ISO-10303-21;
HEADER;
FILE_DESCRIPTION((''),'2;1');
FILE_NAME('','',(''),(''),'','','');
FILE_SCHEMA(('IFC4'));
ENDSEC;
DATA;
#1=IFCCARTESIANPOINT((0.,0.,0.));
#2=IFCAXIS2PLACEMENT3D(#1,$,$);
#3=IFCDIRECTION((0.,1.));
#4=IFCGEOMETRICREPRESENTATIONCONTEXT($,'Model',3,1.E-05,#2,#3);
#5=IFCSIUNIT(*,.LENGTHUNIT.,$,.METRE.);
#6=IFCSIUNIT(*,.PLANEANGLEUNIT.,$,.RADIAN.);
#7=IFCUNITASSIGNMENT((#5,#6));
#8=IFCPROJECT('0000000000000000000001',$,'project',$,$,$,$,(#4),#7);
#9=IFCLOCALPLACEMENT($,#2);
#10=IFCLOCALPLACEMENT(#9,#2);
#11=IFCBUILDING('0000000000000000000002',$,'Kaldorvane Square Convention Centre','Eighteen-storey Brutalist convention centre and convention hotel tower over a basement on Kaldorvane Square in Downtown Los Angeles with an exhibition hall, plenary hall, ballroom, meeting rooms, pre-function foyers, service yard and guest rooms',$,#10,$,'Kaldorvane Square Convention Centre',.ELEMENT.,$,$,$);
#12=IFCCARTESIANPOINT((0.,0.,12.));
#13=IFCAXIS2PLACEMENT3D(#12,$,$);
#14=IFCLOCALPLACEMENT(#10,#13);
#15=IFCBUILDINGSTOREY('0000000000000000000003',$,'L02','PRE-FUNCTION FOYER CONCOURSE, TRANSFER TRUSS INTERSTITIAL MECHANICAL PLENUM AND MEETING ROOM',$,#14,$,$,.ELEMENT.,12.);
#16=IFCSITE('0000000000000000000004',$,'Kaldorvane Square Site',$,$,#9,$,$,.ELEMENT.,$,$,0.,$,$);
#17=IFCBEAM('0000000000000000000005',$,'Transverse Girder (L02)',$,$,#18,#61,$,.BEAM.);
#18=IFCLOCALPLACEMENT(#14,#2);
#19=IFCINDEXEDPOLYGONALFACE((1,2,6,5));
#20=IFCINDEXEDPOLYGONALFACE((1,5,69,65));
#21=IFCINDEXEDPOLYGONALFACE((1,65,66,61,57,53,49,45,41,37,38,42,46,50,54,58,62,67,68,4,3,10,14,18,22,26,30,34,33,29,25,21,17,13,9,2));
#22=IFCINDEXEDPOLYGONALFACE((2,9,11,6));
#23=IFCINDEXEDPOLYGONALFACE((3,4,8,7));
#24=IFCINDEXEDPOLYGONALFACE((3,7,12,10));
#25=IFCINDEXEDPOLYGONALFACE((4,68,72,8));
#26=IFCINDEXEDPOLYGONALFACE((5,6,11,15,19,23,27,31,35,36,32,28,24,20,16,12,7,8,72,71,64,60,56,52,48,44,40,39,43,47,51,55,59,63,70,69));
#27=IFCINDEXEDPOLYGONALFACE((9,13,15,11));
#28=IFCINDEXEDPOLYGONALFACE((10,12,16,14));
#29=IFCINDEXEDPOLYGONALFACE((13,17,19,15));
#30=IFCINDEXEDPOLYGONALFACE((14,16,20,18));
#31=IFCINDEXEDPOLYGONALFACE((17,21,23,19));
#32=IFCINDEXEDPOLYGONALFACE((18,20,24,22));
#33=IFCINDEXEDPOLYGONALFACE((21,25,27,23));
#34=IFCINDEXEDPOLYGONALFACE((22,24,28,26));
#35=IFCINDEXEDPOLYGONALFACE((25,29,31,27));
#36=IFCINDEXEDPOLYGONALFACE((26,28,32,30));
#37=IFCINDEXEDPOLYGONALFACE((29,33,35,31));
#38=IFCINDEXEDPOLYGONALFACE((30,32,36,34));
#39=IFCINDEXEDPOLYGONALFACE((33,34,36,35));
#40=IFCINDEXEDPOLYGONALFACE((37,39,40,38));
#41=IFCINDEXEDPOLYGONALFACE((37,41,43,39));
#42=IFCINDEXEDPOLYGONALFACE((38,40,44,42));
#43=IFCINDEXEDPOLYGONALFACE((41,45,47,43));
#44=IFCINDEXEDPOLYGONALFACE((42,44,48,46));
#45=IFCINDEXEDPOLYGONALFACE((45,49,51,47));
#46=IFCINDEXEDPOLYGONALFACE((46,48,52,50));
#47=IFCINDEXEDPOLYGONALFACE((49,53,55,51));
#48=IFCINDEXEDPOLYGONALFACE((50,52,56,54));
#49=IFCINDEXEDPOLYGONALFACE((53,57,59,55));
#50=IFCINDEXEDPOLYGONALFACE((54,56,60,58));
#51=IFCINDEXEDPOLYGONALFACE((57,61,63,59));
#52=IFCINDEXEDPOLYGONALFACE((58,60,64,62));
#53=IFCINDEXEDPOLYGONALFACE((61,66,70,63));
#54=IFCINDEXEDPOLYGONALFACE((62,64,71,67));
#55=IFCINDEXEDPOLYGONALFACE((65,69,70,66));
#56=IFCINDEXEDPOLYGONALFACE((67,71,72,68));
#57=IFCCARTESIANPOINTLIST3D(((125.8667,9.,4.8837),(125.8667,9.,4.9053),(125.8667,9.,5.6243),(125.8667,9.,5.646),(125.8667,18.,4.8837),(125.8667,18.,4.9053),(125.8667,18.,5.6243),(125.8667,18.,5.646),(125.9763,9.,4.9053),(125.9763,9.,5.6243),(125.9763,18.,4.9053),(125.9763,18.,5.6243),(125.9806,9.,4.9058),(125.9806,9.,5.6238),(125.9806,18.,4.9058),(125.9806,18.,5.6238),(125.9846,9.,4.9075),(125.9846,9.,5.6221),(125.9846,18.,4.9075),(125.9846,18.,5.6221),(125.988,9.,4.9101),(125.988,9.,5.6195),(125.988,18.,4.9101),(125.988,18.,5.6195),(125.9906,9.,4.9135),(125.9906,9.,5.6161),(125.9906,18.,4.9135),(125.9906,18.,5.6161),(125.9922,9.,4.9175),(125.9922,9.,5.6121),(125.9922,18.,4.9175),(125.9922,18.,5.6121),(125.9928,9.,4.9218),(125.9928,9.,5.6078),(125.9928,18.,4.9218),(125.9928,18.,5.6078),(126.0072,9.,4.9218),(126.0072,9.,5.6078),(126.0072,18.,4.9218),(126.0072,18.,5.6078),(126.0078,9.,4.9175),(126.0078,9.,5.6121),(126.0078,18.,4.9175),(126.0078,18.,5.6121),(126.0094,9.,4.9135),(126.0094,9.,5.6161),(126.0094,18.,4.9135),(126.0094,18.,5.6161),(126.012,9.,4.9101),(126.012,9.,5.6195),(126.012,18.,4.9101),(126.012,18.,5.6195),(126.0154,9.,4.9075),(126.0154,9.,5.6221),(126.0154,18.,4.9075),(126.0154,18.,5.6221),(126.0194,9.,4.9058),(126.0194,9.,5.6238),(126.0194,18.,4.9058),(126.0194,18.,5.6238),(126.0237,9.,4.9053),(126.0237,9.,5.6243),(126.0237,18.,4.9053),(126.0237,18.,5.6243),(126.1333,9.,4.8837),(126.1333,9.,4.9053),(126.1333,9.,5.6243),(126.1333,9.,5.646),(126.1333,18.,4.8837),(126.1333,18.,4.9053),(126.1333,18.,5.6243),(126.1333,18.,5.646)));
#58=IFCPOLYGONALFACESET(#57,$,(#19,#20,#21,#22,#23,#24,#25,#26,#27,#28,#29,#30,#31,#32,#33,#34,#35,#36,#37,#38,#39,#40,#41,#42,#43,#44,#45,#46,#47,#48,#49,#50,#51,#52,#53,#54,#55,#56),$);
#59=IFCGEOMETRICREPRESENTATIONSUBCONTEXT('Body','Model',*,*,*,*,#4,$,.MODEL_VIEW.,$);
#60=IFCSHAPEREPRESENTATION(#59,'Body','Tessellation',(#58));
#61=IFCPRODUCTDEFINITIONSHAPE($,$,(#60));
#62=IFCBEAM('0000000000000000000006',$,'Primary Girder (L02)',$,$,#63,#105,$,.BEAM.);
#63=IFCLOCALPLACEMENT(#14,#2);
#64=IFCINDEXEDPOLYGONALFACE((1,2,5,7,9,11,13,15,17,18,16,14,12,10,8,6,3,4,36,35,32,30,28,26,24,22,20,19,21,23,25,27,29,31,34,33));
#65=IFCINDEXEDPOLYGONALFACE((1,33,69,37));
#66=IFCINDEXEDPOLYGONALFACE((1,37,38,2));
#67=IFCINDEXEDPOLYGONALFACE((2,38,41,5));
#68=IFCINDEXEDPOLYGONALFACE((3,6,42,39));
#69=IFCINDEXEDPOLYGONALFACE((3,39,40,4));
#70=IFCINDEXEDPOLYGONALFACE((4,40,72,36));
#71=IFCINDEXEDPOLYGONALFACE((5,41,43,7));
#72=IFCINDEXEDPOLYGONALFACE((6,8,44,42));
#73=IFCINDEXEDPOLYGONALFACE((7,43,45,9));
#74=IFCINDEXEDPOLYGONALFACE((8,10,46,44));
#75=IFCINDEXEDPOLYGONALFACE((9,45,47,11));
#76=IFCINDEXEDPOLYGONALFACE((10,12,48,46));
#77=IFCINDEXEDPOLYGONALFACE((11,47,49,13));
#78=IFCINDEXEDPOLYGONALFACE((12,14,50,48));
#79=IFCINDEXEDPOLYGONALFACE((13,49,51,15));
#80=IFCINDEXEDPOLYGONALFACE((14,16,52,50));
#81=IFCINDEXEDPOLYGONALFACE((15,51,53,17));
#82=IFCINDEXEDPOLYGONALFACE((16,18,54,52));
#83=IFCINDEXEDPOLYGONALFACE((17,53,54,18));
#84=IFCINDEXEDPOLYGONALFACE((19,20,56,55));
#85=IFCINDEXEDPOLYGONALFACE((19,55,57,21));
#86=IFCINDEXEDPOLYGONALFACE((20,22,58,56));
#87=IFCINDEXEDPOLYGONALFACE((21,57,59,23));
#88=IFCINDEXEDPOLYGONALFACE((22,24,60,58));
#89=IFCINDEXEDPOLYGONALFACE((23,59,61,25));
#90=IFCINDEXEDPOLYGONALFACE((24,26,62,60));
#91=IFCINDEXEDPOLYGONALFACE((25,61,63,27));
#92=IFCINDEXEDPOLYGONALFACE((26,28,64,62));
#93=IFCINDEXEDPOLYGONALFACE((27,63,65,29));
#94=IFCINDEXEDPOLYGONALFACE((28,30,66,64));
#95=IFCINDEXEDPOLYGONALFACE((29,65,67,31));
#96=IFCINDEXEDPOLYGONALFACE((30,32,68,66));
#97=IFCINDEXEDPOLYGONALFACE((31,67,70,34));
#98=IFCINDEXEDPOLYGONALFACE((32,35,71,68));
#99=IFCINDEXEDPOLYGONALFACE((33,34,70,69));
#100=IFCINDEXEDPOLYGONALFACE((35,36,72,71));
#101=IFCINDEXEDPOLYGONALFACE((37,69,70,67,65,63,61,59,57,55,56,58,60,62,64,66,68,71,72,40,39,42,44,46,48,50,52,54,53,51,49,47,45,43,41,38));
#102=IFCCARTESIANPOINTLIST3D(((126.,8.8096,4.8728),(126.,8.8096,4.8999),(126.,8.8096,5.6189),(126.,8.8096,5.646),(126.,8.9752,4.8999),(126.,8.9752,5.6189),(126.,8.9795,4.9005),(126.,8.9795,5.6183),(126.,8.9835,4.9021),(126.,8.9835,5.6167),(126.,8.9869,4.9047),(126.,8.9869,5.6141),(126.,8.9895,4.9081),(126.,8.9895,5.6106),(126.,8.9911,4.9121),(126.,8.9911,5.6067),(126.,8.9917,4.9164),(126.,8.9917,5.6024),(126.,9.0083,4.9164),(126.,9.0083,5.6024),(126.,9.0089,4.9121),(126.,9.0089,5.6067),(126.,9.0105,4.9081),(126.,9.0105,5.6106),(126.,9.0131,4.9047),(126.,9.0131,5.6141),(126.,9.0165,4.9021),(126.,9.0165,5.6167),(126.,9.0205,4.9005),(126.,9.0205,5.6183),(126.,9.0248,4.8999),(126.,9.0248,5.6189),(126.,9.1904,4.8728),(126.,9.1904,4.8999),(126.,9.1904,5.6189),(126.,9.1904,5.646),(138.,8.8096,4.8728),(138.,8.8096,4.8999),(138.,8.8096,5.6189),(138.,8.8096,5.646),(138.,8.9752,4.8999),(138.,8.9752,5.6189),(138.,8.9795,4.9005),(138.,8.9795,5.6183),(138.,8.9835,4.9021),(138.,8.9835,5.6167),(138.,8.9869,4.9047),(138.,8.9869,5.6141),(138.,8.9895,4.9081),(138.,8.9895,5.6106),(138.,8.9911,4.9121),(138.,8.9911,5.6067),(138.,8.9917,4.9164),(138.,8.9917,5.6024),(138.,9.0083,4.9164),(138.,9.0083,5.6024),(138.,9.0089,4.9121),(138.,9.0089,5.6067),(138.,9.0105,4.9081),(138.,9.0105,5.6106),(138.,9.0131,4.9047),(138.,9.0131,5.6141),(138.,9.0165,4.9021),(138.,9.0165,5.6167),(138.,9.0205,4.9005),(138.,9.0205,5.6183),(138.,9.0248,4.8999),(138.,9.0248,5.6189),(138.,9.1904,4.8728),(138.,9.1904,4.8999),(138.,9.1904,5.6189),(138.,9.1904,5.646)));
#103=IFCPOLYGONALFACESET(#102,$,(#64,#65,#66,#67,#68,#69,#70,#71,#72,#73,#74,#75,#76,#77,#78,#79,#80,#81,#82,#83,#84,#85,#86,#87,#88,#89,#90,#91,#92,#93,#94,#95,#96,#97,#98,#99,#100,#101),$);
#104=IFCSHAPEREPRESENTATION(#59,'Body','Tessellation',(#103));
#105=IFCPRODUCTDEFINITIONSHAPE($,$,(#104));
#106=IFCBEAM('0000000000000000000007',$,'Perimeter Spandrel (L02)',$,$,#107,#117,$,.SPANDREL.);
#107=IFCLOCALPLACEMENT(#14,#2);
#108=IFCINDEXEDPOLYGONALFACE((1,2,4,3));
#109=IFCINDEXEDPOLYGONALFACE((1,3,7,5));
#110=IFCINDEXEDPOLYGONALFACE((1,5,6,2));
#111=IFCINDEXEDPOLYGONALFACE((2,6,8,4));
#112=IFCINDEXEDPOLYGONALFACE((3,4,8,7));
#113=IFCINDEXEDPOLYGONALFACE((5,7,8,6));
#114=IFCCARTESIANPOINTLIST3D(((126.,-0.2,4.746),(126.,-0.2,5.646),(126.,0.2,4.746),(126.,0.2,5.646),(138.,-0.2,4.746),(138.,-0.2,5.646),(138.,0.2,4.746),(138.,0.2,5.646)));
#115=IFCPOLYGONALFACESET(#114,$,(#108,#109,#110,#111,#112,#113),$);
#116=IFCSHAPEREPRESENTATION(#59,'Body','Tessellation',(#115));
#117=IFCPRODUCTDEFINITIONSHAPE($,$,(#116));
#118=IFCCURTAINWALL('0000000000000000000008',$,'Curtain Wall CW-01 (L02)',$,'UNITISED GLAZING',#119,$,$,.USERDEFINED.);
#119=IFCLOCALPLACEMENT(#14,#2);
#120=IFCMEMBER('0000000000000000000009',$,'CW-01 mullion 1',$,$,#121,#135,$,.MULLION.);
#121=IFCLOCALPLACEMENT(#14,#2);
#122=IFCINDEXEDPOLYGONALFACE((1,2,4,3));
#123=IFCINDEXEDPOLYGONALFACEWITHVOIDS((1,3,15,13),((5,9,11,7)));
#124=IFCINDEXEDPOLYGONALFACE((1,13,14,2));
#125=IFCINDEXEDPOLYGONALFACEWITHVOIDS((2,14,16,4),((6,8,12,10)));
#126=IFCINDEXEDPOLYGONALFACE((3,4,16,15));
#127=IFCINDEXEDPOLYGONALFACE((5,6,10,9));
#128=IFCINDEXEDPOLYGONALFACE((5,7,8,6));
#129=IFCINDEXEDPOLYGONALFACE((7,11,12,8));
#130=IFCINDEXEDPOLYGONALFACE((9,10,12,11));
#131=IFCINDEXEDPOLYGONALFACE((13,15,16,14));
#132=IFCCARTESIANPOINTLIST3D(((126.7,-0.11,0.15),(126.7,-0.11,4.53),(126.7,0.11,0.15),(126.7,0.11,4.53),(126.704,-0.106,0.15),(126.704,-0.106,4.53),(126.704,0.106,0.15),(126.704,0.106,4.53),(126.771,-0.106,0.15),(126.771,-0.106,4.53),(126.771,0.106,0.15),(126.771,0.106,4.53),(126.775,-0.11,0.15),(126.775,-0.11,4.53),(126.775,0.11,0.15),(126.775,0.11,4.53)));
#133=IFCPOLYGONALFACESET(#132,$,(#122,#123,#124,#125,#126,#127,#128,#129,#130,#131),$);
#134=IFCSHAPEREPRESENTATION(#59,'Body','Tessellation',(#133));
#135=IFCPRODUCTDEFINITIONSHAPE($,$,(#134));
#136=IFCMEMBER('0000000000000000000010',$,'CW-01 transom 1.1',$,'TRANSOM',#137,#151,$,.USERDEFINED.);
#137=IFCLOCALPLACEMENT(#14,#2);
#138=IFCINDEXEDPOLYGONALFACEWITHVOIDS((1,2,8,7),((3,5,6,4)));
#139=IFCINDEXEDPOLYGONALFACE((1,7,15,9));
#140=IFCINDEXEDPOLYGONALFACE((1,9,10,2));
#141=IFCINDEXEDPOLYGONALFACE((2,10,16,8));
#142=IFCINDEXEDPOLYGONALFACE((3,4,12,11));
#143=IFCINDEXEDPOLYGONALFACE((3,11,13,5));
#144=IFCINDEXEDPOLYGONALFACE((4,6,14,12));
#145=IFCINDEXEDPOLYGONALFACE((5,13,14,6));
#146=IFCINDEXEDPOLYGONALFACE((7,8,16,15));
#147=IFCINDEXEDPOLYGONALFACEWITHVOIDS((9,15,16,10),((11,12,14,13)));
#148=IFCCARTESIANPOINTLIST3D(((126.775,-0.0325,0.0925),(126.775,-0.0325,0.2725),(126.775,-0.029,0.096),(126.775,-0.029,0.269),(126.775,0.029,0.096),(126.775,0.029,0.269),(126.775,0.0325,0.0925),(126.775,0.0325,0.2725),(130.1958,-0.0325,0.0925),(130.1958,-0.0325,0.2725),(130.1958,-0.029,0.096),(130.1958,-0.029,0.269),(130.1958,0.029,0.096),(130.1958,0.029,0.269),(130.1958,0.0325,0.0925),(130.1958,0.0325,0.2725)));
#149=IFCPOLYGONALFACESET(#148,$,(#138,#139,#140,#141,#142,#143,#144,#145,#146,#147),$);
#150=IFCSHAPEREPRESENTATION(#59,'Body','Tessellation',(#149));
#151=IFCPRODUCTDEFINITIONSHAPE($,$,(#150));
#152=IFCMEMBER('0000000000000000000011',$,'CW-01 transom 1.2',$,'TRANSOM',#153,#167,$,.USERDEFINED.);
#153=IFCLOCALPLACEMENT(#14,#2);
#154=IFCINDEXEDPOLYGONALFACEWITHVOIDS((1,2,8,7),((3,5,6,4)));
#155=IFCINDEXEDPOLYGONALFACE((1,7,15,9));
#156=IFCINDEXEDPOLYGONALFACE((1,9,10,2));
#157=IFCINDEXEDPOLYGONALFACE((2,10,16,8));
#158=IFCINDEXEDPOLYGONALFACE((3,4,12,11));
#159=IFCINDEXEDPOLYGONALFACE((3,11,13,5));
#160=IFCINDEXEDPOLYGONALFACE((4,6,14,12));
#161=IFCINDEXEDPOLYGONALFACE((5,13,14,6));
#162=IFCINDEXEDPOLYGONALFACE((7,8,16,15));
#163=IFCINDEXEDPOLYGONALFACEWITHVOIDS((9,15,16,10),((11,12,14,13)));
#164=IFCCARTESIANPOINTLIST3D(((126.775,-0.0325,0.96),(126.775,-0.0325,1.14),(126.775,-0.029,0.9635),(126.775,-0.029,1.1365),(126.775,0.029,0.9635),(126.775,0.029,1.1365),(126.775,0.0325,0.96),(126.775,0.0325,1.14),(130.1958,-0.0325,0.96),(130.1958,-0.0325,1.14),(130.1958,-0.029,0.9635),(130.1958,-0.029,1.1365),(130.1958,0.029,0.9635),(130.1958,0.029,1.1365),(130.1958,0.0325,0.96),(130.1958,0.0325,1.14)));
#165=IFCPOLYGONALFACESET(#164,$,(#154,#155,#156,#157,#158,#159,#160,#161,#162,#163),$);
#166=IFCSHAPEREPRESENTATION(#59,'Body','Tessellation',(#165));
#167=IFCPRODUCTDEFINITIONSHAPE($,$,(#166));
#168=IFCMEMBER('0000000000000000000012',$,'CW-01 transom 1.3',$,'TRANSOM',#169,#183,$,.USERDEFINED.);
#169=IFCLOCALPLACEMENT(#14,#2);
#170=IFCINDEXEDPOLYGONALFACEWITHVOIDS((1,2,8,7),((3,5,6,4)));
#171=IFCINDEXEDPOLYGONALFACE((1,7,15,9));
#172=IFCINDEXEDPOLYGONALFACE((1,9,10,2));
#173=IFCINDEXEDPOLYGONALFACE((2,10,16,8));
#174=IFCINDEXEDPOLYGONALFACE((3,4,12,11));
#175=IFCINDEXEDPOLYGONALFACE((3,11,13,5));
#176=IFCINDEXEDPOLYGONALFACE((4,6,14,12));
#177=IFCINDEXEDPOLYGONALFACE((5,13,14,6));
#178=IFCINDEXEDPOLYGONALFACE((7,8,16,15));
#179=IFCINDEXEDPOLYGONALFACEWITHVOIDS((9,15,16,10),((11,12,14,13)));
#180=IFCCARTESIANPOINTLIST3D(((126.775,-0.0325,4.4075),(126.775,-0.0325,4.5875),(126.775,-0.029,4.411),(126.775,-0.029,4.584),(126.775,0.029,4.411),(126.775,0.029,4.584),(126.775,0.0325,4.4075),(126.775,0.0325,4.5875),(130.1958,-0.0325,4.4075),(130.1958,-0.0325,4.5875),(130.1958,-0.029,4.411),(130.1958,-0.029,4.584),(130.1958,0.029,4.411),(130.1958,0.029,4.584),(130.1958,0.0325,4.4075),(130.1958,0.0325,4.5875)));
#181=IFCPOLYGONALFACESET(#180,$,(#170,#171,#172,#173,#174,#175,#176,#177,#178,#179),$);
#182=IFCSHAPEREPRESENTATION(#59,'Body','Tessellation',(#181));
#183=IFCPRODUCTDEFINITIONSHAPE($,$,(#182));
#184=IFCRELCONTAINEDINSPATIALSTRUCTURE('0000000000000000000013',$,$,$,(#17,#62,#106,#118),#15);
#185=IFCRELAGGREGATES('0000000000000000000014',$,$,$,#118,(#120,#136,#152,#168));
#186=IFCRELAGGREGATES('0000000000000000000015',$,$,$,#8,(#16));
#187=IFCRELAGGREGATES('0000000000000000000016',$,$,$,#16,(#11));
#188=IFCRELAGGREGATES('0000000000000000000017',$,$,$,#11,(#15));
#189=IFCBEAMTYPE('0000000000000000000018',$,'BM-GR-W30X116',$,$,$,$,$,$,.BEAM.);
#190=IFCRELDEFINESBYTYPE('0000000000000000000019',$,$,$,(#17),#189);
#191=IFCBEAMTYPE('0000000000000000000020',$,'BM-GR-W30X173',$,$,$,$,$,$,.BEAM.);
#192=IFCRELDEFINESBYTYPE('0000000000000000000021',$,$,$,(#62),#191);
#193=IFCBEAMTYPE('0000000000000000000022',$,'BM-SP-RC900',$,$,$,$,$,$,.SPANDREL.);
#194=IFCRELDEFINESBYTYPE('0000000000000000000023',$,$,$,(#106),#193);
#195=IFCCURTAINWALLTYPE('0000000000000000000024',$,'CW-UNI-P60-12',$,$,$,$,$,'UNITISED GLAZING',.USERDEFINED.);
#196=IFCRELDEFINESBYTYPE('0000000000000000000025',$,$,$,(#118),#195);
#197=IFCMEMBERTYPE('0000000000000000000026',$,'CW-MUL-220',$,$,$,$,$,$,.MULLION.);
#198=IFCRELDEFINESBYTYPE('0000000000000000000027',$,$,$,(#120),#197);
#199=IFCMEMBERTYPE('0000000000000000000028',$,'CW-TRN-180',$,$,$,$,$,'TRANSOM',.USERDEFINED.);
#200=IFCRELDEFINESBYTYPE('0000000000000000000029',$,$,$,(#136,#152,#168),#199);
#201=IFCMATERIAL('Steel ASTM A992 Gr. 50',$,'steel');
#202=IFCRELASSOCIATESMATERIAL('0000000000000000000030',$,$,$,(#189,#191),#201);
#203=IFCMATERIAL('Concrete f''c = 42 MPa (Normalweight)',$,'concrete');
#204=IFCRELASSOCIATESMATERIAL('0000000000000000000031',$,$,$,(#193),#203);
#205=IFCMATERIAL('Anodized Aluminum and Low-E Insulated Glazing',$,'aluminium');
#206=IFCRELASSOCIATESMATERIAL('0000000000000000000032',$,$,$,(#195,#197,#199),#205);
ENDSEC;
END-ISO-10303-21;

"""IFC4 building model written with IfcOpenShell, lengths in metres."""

from ifc_helpers import new_model, si_unit, direction, frame, origin, origin_2d, place, context, subcontext, project, spatial, rectangle, hollow_rectangle, i_section, extrude, material, material_profile, profile_set, type_object, element, aggregate, save


model = new_model("IFC4")

# Units and contexts
model_context = context("Model", 3, precision=1e-05, world=origin(), true_north=direction((0.0, 1.0)))
body_context = subcontext(model_context, "Body", "Model", "MODEL_VIEW")
ifc_project = project(units=[si_unit("LENGTHUNIT", "METRE"), si_unit("PLANEANGLEUNIT", "RADIAN")], contexts=[model_context])

# Site, building, storey
site_placement = place(None, origin())
site = spatial("IfcSite", under=ifc_project, at=site_placement, Name="Kaldorvane Square Site", CompositionType="ELEMENT", RefElevation=0.0)
building_placement = place(site_placement, origin())
building = spatial("IfcBuilding", under=site, at=building_placement, Name="Kaldorvane Square Convention Centre", Description="Eighteen-storey Brutalist convention centre and convention hotel tower over a basement on Kaldorvane Square in Downtown Los Angeles with an exhibition hall, plenary hall, ballroom, meeting rooms, pre-function foyers, service yard and guest rooms", LongName="Kaldorvane Square Convention Centre", CompositionType="ELEMENT")
storey_placement = place(building_placement, frame((0.0, 0.0, 12.0)))
storey = spatial("IfcBuildingStorey", under=building, at=storey_placement, Name="L02", Description="PRE-FUNCTION FOYER CONCOURSE, TRANSFER TRUSS INTERSTITIAL MECHANICAL PLENUM AND MEETING ROOM", CompositionType="ELEMENT", Elevation=12.0)

# Shared definitions
ifc_material_1 = material(Name="Steel ASTM A992 Gr. 50", Category="steel")

# Beams
ifc_material_profile_1 = material_profile(ifc_material_1, i_section(OverallWidth=0.2666, OverallDepth=0.7623, WebThickness=0.0144, FlangeThickness=0.0216, FilletRadius=0.0165, at=origin_2d()), Name="W30X116")
ifc_profile_set_1 = profile_set([ifc_material_profile_1], Name="Steel ASTM A992 Gr. 50")
beam_type_1 = type_object("IfcBeamType", Name="BM-GR-W30X116", PredefinedType="BEAM", material=ifc_profile_set_1)
for number, where, z_axis, x_axis, name in (
    (1, (126.0, 9.0, 5.2648), (0.0, 1.0, 0.0), (-1.0, 0.0, 0.0), "Transverse Girder (L02)"),
):
    element("IfcBeam", number, at=place(storey_placement, frame(where, z_axis=z_axis, x_axis=x_axis)), inside=storey, type_object=beam_type_1, Name=name, PredefinedType="BEAM", context=body_context, shape_type="SweptSolid", body=[
        extrude(i_section(OverallWidth=0.2666, OverallDepth=0.7623, WebThickness=0.0144, FlangeThickness=0.0216, FilletRadius=0.0165, at=origin_2d()), origin(), (0.0, 0.0, 1.0), 9.0),
    ])
ifc_material_profile_2 = material_profile(ifc_material_1, i_section(OverallWidth=0.3807, OverallDepth=0.7732, WebThickness=0.0166, FlangeThickness=0.0271, FilletRadius=0.0165, at=origin_2d()), Name="W30X173")
ifc_profile_set_2 = profile_set([ifc_material_profile_2], Name="Steel ASTM A992 Gr. 50")
beam_type_2 = type_object("IfcBeamType", Name="BM-GR-W30X173", PredefinedType="BEAM", material=ifc_profile_set_2)
beam_1_placement = place(storey_placement, frame((126.0, 9.0, 5.2594), z_axis=(1.0, 0.0, 0.0), x_axis=(0.0, 1.0, 0.0)))
element("IfcBeam", 2, at=beam_1_placement, inside=storey, type_object=beam_type_2, Name="Primary Girder (L02)", PredefinedType="BEAM", context=body_context, shape_type="SweptSolid", body=[
    extrude(i_section(OverallWidth=0.3807, OverallDepth=0.7732, WebThickness=0.0166, FlangeThickness=0.0271, FilletRadius=0.0165, at=origin_2d()), origin(), (0.0, 0.0, 1.0), 12.0),
])
ifc_material_2 = material(Name="Concrete f'c = 42 MPa (Normalweight)", Category="concrete")
ifc_material_profile_3 = material_profile(ifc_material_2, rectangle(XDim=0.4, YDim=0.9, at=origin_2d()), Name="RCSP900X400")
ifc_profile_set_3 = profile_set([ifc_material_profile_3], Name="Concrete f'c = 42 MPa (Normalweight)")
beam_type_3 = type_object("IfcBeamType", Name="BM-SP-RC900", PredefinedType="SPANDREL", material=ifc_profile_set_3)
beam_2_placement = place(storey_placement, frame((126.0, 0.0, 5.196), z_axis=(1.0, 0.0, 0.0), x_axis=(0.0, 1.0, 0.0)))
element("IfcBeam", 3, at=beam_2_placement, inside=storey, type_object=beam_type_3, Name="Perimeter Spandrel (L02)", PredefinedType="SPANDREL", context=body_context, shape_type="SweptSolid", body=[
    extrude(rectangle(XDim=0.4, YDim=0.9, at=origin_2d()), origin(), (0.0, 0.0, 1.0), 12.0),
])

# Curtain wall, members
ifc_material_3 = material(Name="Anodized Aluminum and Low-E Insulated Glazing", Category="aluminium")
curtain_wall_type = type_object("IfcCurtainWallType", Name="CW-UNI-P60-12", ElementType="UNITISED GLAZING", PredefinedType="USERDEFINED", material=ifc_material_3)
curtain_wall_placement = place(storey_placement, origin())
curtain_wall = element("IfcCurtainWall", 4, at=curtain_wall_placement, inside=storey, type_object=curtain_wall_type, Name="Curtain Wall CW-01 (L02)", ObjectType="UNITISED GLAZING", PredefinedType="USERDEFINED")
ifc_material_profile_4 = material_profile(ifc_material_3, hollow_rectangle(XDim=0.075, YDim=0.22, WallThickness=0.004, at=origin_2d()), Name="CWM-220X75")
ifc_profile_set_4 = profile_set([ifc_material_profile_4], Name="Anodized Aluminum and Low-E Insulated Glazing")
member_type_1 = type_object("IfcMemberType", Name="CW-MUL-220", PredefinedType="MULLION", material=ifc_profile_set_4)
member_1_placement = place(storey_placement, frame((126.7375, 0.0, 0.15), z_axis=(0.0, 0.0, 1.0), x_axis=(1.0, 0.0, 0.0)))
member_1 = element("IfcMember", 5, at=member_1_placement, type_object=member_type_1, Name="CW-01 mullion 1", PredefinedType="MULLION", context=body_context, shape_type="SweptSolid", body=[
    extrude(hollow_rectangle(XDim=0.075, YDim=0.22, WallThickness=0.004, at=origin_2d()), origin(), (0.0, 0.0, 1.0), 4.38),
])
ifc_material_profile_5 = material_profile(ifc_material_3, hollow_rectangle(XDim=0.065, YDim=0.18, WallThickness=0.0035, at=origin_2d()), Name="CWT-180X65")
ifc_profile_set_5 = profile_set([ifc_material_profile_5], Name="Anodized Aluminum and Low-E Insulated Glazing")
member_type_2 = type_object("IfcMemberType", Name="CW-TRN-180", ElementType="TRANSOM", PredefinedType="USERDEFINED", material=ifc_profile_set_5)
member_2_placement = place(storey_placement, frame((126.775, 0.0, 0.1825), z_axis=(1.0, 0.0, 0.0), x_axis=(0.0, 1.0, 0.0)))
member_2 = element("IfcMember", 6, at=member_2_placement, type_object=member_type_2, Name="CW-01 transom 1.1", ObjectType="TRANSOM", PredefinedType="USERDEFINED", context=body_context, shape_type="SweptSolid", body=[
    extrude(hollow_rectangle(XDim=0.065, YDim=0.18, WallThickness=0.0035, at=origin_2d()), origin(), (0.0, 0.0, 1.0), 3.4208),
])
member_3_placement = place(storey_placement, frame((126.775, 0.0, 1.05), z_axis=(1.0, 0.0, 0.0), x_axis=(0.0, 1.0, 0.0)))
member_3 = element("IfcMember", 7, at=member_3_placement, type_object=member_type_2, Name="CW-01 transom 1.2", ObjectType="TRANSOM", PredefinedType="USERDEFINED", context=body_context, shape_type="SweptSolid", body=[
    extrude(hollow_rectangle(XDim=0.065, YDim=0.18, WallThickness=0.0035, at=origin_2d()), origin(), (0.0, 0.0, 1.0), 3.4208),
])
member_4_placement = place(storey_placement, frame((126.775, 0.0, 4.4975), z_axis=(1.0, 0.0, 0.0), x_axis=(0.0, 1.0, 0.0)))
member_4 = element("IfcMember", 8, at=member_4_placement, type_object=member_type_2, Name="CW-01 transom 1.3", ObjectType="TRANSOM", PredefinedType="USERDEFINED", context=body_context, shape_type="SweptSolid", body=[
    extrude(hollow_rectangle(XDim=0.065, YDim=0.18, WallThickness=0.0035, at=origin_2d()), origin(), (0.0, 0.0, 1.0), 3.4208),
])
aggregate(curtain_wall, [member_1, member_2, member_3, member_4])

save(model, "model.ifc")
